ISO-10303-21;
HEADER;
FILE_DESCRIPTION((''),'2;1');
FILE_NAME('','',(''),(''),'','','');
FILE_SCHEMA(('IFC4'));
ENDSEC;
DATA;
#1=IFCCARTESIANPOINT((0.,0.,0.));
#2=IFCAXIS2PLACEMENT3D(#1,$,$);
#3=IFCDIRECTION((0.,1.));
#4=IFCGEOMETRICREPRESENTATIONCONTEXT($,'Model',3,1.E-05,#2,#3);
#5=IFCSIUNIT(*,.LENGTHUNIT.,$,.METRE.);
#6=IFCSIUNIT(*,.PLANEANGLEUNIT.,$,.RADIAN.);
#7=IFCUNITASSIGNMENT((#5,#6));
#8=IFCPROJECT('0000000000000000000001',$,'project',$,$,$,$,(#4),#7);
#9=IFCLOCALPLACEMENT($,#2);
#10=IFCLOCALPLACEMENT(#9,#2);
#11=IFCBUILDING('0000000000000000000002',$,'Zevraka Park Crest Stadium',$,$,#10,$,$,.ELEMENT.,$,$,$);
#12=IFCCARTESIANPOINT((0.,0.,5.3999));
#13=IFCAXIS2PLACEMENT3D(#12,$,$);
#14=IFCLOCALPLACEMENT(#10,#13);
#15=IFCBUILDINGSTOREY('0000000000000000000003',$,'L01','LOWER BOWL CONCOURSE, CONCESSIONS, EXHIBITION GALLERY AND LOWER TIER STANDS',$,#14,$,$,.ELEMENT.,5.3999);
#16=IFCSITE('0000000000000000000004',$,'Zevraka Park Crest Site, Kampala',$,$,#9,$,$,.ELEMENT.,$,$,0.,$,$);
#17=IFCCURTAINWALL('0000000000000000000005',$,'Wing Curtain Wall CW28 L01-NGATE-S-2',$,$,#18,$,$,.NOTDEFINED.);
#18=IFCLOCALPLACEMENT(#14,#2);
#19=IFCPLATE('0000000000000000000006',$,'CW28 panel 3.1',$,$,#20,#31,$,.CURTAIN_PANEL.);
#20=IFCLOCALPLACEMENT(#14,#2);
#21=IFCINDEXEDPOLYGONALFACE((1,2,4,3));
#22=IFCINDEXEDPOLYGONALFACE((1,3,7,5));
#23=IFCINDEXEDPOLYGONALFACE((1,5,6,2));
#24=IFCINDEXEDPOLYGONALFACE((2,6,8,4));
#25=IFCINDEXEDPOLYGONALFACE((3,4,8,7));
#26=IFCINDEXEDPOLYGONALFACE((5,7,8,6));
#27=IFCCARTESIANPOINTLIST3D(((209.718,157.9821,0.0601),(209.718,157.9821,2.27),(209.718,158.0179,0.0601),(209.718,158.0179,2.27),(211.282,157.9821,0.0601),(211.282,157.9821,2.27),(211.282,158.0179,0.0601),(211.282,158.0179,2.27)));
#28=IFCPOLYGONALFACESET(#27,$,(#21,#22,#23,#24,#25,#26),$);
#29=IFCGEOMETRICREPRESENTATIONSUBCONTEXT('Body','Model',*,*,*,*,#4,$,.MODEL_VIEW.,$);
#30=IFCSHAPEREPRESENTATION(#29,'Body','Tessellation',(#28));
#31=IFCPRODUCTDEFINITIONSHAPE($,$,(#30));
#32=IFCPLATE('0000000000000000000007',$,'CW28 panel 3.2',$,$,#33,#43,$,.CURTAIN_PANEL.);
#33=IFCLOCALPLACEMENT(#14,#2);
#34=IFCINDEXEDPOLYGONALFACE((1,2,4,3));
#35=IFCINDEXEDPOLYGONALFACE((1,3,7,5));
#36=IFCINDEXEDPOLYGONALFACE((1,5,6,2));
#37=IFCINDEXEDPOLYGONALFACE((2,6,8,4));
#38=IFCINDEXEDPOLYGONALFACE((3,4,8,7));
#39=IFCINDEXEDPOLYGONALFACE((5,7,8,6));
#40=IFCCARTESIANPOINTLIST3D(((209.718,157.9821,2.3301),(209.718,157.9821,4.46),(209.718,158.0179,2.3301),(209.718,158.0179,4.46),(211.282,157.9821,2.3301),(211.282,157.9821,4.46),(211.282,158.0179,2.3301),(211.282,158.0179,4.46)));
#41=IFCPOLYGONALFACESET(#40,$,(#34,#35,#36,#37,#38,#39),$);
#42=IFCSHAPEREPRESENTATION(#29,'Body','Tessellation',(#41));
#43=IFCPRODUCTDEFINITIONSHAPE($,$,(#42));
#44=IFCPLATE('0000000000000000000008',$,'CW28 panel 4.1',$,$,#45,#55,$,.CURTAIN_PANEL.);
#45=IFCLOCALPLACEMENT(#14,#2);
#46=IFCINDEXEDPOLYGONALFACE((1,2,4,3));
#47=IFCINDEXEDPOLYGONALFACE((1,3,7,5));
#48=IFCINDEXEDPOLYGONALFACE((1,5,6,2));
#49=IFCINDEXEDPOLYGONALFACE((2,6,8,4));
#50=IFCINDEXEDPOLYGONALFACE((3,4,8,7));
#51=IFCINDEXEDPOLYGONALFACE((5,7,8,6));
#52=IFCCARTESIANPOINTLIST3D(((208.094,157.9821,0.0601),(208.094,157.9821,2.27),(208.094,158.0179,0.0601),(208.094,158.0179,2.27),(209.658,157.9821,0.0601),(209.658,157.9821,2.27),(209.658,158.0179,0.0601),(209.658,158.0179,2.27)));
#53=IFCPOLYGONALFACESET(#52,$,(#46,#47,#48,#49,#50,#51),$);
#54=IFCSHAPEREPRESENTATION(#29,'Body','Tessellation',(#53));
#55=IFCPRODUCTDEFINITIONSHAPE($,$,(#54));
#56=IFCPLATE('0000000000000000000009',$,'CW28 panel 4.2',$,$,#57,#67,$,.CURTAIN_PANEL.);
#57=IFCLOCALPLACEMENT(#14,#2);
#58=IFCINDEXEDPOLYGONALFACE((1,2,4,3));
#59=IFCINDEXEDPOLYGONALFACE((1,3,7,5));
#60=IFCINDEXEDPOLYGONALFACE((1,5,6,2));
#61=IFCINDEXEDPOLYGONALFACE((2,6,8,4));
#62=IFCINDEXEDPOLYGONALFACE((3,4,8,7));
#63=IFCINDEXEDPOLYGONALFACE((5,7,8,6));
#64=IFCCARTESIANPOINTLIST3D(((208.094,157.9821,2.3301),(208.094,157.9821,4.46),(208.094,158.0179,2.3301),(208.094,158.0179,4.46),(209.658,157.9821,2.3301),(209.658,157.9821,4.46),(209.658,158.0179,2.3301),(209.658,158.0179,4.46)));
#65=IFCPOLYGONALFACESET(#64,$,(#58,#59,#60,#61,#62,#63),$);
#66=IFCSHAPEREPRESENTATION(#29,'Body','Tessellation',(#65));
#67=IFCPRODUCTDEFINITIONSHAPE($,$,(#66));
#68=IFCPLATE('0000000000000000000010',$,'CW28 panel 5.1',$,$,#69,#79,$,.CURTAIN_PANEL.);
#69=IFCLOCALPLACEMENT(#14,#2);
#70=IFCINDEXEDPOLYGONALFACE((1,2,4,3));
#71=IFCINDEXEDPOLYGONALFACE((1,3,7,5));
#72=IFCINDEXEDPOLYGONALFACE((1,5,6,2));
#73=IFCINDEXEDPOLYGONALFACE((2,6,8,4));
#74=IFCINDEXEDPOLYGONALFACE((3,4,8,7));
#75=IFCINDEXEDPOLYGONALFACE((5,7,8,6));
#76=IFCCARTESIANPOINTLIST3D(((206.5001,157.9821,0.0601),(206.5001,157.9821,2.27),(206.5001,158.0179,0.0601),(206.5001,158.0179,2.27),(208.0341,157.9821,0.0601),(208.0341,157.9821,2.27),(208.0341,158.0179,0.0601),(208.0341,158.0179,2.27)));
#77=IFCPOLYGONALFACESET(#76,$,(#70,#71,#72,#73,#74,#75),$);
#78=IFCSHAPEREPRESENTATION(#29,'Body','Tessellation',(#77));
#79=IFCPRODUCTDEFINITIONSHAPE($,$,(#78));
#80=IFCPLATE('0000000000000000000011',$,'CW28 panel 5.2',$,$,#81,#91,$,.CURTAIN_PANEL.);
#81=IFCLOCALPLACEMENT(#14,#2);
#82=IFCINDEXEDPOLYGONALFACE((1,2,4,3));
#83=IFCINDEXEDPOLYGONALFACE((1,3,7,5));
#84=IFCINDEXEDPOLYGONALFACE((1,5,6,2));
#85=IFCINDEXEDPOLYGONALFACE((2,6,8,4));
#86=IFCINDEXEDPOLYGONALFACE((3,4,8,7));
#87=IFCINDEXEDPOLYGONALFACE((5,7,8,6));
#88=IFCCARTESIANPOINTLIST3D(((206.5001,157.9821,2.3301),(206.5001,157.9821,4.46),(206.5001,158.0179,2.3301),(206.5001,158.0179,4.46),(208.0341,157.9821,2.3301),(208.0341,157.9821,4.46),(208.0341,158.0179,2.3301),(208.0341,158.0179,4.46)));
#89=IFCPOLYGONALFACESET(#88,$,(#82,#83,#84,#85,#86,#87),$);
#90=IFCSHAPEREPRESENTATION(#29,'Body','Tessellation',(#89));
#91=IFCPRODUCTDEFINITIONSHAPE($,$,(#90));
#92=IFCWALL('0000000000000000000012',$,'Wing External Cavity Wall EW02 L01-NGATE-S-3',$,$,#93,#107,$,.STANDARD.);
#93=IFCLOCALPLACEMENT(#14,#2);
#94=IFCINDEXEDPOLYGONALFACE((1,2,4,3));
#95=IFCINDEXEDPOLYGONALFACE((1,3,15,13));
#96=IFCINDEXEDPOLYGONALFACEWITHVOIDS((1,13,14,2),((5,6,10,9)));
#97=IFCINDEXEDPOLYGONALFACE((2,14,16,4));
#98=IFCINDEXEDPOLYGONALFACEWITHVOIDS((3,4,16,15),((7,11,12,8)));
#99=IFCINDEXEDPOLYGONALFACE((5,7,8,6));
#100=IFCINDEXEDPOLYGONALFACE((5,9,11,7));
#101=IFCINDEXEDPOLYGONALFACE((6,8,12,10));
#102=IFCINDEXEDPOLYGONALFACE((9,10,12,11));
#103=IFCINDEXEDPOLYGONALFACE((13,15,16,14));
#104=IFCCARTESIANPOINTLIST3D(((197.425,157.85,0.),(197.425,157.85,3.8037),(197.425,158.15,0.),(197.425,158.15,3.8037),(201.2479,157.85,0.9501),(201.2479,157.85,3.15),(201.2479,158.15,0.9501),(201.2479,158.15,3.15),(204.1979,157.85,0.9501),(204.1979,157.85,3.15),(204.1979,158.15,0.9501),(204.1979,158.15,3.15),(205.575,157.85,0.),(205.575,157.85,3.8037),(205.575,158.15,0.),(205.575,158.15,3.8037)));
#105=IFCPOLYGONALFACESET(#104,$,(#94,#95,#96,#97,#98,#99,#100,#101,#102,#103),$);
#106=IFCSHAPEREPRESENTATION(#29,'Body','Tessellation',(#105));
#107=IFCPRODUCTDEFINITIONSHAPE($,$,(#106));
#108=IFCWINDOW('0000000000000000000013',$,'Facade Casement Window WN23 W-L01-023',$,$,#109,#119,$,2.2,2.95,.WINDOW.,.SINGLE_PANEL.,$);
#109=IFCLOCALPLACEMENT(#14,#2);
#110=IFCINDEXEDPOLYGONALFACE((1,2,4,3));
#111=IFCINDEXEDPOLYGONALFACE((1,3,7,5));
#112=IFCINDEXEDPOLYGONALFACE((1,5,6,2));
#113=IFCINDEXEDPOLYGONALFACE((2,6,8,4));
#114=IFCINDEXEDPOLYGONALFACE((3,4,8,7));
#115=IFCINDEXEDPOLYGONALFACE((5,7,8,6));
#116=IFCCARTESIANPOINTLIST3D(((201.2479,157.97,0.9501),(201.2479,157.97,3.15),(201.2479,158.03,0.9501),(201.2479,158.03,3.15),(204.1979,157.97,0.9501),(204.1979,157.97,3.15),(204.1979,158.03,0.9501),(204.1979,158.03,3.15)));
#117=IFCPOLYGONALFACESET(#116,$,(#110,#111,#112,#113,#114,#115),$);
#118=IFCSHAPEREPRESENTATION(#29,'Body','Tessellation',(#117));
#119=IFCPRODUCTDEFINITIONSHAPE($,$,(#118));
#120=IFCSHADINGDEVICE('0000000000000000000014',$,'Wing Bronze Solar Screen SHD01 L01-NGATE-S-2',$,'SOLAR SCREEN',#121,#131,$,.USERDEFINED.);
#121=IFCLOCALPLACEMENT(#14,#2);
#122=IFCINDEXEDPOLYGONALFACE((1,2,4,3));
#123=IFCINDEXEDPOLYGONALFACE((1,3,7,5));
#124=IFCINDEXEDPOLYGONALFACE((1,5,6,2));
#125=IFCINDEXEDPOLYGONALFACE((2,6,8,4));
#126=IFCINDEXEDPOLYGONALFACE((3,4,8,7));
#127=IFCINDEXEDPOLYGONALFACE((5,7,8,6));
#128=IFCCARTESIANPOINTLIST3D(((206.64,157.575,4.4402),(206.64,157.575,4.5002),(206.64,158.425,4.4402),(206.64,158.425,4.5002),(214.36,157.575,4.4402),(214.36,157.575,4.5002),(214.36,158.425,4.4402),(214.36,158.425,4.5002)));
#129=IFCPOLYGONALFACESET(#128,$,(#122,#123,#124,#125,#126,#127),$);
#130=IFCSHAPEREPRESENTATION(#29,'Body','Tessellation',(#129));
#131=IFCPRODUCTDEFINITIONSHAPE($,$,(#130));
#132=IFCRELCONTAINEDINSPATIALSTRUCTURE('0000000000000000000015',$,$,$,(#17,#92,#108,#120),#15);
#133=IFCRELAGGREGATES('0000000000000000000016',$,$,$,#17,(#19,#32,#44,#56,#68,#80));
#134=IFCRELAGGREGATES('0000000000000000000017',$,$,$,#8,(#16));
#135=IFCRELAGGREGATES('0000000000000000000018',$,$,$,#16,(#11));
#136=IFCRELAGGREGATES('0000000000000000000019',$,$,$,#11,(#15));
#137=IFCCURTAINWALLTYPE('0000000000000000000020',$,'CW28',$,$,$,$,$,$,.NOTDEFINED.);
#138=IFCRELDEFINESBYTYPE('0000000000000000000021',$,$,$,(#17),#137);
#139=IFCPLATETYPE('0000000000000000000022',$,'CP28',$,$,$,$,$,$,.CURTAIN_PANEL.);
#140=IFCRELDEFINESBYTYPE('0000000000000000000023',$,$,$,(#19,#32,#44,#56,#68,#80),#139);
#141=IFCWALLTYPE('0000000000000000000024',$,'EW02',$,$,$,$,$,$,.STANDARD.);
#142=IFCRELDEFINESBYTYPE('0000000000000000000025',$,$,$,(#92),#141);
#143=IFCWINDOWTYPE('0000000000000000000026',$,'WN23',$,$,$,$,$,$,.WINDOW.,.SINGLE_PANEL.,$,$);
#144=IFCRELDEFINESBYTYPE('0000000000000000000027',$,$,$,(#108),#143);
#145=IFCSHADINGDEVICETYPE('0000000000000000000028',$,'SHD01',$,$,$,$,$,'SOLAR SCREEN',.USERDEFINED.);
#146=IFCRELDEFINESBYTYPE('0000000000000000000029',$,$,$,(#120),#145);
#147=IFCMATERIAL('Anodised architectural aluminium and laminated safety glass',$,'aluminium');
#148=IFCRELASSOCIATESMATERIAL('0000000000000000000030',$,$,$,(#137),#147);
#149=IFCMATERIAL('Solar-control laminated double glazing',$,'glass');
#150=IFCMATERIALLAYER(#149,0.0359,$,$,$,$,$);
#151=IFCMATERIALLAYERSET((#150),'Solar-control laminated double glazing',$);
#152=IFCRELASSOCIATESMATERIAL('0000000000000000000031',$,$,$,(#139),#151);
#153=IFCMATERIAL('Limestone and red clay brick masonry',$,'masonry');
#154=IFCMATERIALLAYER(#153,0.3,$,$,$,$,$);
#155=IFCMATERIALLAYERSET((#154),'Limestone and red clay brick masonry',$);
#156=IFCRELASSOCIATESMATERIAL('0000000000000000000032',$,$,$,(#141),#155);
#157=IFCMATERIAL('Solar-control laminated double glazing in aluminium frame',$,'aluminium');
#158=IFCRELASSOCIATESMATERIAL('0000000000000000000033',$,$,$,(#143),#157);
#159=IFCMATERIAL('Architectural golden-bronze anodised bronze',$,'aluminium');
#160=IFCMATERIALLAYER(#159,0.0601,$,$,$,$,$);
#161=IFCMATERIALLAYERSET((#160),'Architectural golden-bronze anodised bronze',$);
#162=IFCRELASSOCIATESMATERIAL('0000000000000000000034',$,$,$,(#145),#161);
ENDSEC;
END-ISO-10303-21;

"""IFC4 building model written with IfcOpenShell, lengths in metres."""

from ifc_helpers import new_model, si_unit, direction, frame, frame_2d, origin, origin_2d, place, context, subcontext, project, spatial, rectangle, extrude, material, layer, layer_set, type_object, element, fill, aggregate, save


model = new_model("IFC4")

# Units and contexts
model_context = context("Model", 3, precision=1e-05, world=origin(), true_north=direction((0.0, 1.0)))
body_context = subcontext(model_context, "Body", "Model", "MODEL_VIEW")
ifc_project = project(units=[si_unit("LENGTHUNIT", "METRE"), si_unit("PLANEANGLEUNIT", "RADIAN")], contexts=[model_context])

# Site, building, storey
site_placement = place(None, origin())
site = spatial("IfcSite", under=ifc_project, at=site_placement, Name="Zevraka Park Crest Site, Kampala", CompositionType="ELEMENT", RefElevation=0.0)
building_placement = place(site_placement, origin())
building = spatial("IfcBuilding", under=site, at=building_placement, Name="Zevraka Park Crest Stadium", CompositionType="ELEMENT")
storey_placement = place(building_placement, frame((0.0, 0.0, 5.3999)))
storey = spatial("IfcBuildingStorey", under=building, at=storey_placement, Name="L01", Description="LOWER BOWL CONCOURSE, CONCESSIONS, EXHIBITION GALLERY AND LOWER TIER STANDS", CompositionType="ELEMENT", Elevation=5.3999)

# Curtain wall, plates
ifc_material_1 = material(Name="Anodised architectural aluminium and laminated safety glass", Category="aluminium")
curtain_wall_type = type_object("IfcCurtainWallType", Name="CW28", PredefinedType="NOTDEFINED", material=ifc_material_1)
curtain_wall_placement = place(storey_placement, origin())
curtain_wall = element("IfcCurtainWall", 1, at=curtain_wall_placement, inside=storey, type_object=curtain_wall_type, Name="Wing Curtain Wall CW28 L01-NGATE-S-2", PredefinedType="NOTDEFINED")
ifc_material_2 = material(Name="Solar-control laminated double glazing", Category="glass")
ifc_layer_1 = layer(ifc_material_2, 0.0359)
ifc_layer_set_1 = layer_set([ifc_layer_1], Name="Solar-control laminated double glazing")
plate_type = type_object("IfcPlateType", Name="CP28", PredefinedType="CURTAIN_PANEL", material=ifc_layer_set_1)
plate_1_placement = place(storey_placement, frame((210.5, 158.0, 0.0601), z_axis=(0.0, 0.0, 1.0), x_axis=(-1.0, 0.0, 0.0)))
plate_1 = element("IfcPlate", 2, at=plate_1_placement, type_object=plate_type, Name="CW28 panel 3.1", PredefinedType="CURTAIN_PANEL", context=body_context, shape_type="SweptSolid", body=[
    extrude(rectangle(XDim=1.564, YDim=0.0359, at=origin_2d()), origin(), (0.0, 0.0, 1.0), 2.21),
])
plate_2_placement = place(storey_placement, frame((210.5, 158.0, 2.3301), z_axis=(0.0, 0.0, 1.0), x_axis=(-1.0, 0.0, 0.0)))
plate_2 = element("IfcPlate", 3, at=plate_2_placement, type_object=plate_type, Name="CW28 panel 3.2", PredefinedType="CURTAIN_PANEL", context=body_context, shape_type="SweptSolid", body=[
    extrude(rectangle(XDim=1.564, YDim=0.0359, at=origin_2d()), origin(), (0.0, 0.0, 1.0), 2.1299),
])
plate_3_placement = place(storey_placement, frame((208.876, 158.0, 0.0601), z_axis=(0.0, 0.0, 1.0), x_axis=(-1.0, 0.0, 0.0)))
plate_3 = element("IfcPlate", 4, at=plate_3_placement, type_object=plate_type, Name="CW28 panel 4.1", PredefinedType="CURTAIN_PANEL", context=body_context, shape_type="SweptSolid", body=[
    extrude(rectangle(XDim=1.564, YDim=0.0359, at=origin_2d()), origin(), (0.0, 0.0, 1.0), 2.21),
])
plate_4_placement = place(storey_placement, frame((208.876, 158.0, 2.3301), z_axis=(0.0, 0.0, 1.0), x_axis=(-1.0, 0.0, 0.0)))
plate_4 = element("IfcPlate", 5, at=plate_4_placement, type_object=plate_type, Name="CW28 panel 4.2", PredefinedType="CURTAIN_PANEL", context=body_context, shape_type="SweptSolid", body=[
    extrude(rectangle(XDim=1.564, YDim=0.0359, at=origin_2d()), origin(), (0.0, 0.0, 1.0), 2.1299),
])
plate_5_placement = place(storey_placement, frame((207.2671, 158.0, 0.0601), z_axis=(0.0, 0.0, 1.0), x_axis=(-1.0, 0.0, 0.0)))
plate_5 = element("IfcPlate", 6, at=plate_5_placement, type_object=plate_type, Name="CW28 panel 5.1", PredefinedType="CURTAIN_PANEL", context=body_context, shape_type="SweptSolid", body=[
    extrude(rectangle(XDim=1.5339, YDim=0.0359, at=origin_2d()), origin(), (0.0, 0.0, 1.0), 2.21),
])
plate_6_placement = place(storey_placement, frame((207.2671, 158.0, 2.3301), z_axis=(0.0, 0.0, 1.0), x_axis=(-1.0, 0.0, 0.0)))
plate_6 = element("IfcPlate", 7, at=plate_6_placement, type_object=plate_type, Name="CW28 panel 5.2", PredefinedType="CURTAIN_PANEL", context=body_context, shape_type="SweptSolid", body=[
    extrude(rectangle(XDim=1.5339, YDim=0.0359, at=origin_2d()), origin(), (0.0, 0.0, 1.0), 2.1299),
])
aggregate(curtain_wall, [plate_1, plate_2, plate_3, plate_4, plate_5, plate_6])

# Wall, opening, window
ifc_material_3 = material(Name="Limestone and red clay brick masonry", Category="masonry")
ifc_layer_2 = layer(ifc_material_3, 0.3)
ifc_layer_set_2 = layer_set([ifc_layer_2], Name="Limestone and red clay brick masonry")
wall_type = type_object("IfcWallType", Name="EW02", PredefinedType="STANDARD", material=ifc_layer_set_2)
wall_placement = place(storey_placement, frame((205.575, 158.0, 0.0), z_axis=(0.0, 0.0, 1.0), x_axis=(-1.0, 0.0, 0.0)))
wall = element("IfcWall", 8, at=wall_placement, inside=storey, type_object=wall_type, Name="Wing External Cavity Wall EW02 L01-NGATE-S-3", PredefinedType="STANDARD", context=body_context, shape_type="SweptSolid", body=[
    extrude(rectangle(XDim=8.1499, YDim=0.3, at=frame_2d((4.075, 0.0))), origin(), (0.0, 0.0, 1.0), 3.8037),
])
opening_placement = place(wall_placement, frame((1.377, 0.0, 0.95)))
opening = element("IfcOpeningElement", 9, at=opening_placement, cuts=wall, PredefinedType="OPENING", context=body_context, shape_type="SweptSolid", body=[
    extrude(rectangle(XDim=2.95, YDim=2.2, at=frame_2d((1.4751, 1.1001))), frame((0.0, 0.1599, 0.0), z_axis=(0.0, -1.0, 0.0), x_axis=(1.0, 0.0, 0.0)), (0.0, 0.0, 1.0), 0.3201),
])
ifc_material_4 = material(Name="Solar-control laminated double glazing in aluminium frame", Category="aluminium")
window_type = type_object("IfcWindowType", Name="WN23", PartitioningType="SINGLE_PANEL", PredefinedType="WINDOW", material=ifc_material_4)
window_placement = place(opening_placement, origin())
window = element("IfcWindow", 10, at=window_placement, inside=storey, type_object=window_type, Name="Facade Casement Window WN23 W-L01-023", OverallHeight=2.2, OverallWidth=2.95, PartitioningType="SINGLE_PANEL", PredefinedType="WINDOW", context=body_context, shape_type="SweptSolid", body=[
    extrude(rectangle(XDim=2.95, YDim=2.2, at=frame_2d((1.4751, 1.1001))), frame((0.0, 0.03, 0.0), z_axis=(0.0, -1.0, 0.0), x_axis=(1.0, 0.0, 0.0)), (0.0, 0.0, 1.0), 0.0601),
])
fill(opening, window)

# Shading device
ifc_material_5 = material(Name="Architectural golden-bronze anodised bronze", Category="aluminium")
ifc_layer_3 = layer(ifc_material_5, 0.0601)
ifc_layer_set_3 = layer_set([ifc_layer_3], Name="Architectural golden-bronze anodised bronze")
shading_device_type = type_object("IfcShadingDeviceType", Name="SHD01", ElementType="SOLAR SCREEN", PredefinedType="USERDEFINED", material=ifc_layer_set_3)
shading_device_placement = place(storey_placement, frame((210.5, 158.0, 4.4402), z_axis=(0.0, 0.0, 1.0), x_axis=(-1.0, 0.0, 0.0)))
element("IfcShadingDevice", 11, at=shading_device_placement, inside=storey, type_object=shading_device_type, Name="Wing Bronze Solar Screen SHD01 L01-NGATE-S-2", ObjectType="SOLAR SCREEN", PredefinedType="USERDEFINED", context=body_context, shape_type="SweptSolid", body=[
    extrude(rectangle(XDim=7.72, YDim=0.8501, at=origin_2d()), origin(), (0.0, 0.0, 1.0), 0.0601),
])

save(model, "model.ifc")
